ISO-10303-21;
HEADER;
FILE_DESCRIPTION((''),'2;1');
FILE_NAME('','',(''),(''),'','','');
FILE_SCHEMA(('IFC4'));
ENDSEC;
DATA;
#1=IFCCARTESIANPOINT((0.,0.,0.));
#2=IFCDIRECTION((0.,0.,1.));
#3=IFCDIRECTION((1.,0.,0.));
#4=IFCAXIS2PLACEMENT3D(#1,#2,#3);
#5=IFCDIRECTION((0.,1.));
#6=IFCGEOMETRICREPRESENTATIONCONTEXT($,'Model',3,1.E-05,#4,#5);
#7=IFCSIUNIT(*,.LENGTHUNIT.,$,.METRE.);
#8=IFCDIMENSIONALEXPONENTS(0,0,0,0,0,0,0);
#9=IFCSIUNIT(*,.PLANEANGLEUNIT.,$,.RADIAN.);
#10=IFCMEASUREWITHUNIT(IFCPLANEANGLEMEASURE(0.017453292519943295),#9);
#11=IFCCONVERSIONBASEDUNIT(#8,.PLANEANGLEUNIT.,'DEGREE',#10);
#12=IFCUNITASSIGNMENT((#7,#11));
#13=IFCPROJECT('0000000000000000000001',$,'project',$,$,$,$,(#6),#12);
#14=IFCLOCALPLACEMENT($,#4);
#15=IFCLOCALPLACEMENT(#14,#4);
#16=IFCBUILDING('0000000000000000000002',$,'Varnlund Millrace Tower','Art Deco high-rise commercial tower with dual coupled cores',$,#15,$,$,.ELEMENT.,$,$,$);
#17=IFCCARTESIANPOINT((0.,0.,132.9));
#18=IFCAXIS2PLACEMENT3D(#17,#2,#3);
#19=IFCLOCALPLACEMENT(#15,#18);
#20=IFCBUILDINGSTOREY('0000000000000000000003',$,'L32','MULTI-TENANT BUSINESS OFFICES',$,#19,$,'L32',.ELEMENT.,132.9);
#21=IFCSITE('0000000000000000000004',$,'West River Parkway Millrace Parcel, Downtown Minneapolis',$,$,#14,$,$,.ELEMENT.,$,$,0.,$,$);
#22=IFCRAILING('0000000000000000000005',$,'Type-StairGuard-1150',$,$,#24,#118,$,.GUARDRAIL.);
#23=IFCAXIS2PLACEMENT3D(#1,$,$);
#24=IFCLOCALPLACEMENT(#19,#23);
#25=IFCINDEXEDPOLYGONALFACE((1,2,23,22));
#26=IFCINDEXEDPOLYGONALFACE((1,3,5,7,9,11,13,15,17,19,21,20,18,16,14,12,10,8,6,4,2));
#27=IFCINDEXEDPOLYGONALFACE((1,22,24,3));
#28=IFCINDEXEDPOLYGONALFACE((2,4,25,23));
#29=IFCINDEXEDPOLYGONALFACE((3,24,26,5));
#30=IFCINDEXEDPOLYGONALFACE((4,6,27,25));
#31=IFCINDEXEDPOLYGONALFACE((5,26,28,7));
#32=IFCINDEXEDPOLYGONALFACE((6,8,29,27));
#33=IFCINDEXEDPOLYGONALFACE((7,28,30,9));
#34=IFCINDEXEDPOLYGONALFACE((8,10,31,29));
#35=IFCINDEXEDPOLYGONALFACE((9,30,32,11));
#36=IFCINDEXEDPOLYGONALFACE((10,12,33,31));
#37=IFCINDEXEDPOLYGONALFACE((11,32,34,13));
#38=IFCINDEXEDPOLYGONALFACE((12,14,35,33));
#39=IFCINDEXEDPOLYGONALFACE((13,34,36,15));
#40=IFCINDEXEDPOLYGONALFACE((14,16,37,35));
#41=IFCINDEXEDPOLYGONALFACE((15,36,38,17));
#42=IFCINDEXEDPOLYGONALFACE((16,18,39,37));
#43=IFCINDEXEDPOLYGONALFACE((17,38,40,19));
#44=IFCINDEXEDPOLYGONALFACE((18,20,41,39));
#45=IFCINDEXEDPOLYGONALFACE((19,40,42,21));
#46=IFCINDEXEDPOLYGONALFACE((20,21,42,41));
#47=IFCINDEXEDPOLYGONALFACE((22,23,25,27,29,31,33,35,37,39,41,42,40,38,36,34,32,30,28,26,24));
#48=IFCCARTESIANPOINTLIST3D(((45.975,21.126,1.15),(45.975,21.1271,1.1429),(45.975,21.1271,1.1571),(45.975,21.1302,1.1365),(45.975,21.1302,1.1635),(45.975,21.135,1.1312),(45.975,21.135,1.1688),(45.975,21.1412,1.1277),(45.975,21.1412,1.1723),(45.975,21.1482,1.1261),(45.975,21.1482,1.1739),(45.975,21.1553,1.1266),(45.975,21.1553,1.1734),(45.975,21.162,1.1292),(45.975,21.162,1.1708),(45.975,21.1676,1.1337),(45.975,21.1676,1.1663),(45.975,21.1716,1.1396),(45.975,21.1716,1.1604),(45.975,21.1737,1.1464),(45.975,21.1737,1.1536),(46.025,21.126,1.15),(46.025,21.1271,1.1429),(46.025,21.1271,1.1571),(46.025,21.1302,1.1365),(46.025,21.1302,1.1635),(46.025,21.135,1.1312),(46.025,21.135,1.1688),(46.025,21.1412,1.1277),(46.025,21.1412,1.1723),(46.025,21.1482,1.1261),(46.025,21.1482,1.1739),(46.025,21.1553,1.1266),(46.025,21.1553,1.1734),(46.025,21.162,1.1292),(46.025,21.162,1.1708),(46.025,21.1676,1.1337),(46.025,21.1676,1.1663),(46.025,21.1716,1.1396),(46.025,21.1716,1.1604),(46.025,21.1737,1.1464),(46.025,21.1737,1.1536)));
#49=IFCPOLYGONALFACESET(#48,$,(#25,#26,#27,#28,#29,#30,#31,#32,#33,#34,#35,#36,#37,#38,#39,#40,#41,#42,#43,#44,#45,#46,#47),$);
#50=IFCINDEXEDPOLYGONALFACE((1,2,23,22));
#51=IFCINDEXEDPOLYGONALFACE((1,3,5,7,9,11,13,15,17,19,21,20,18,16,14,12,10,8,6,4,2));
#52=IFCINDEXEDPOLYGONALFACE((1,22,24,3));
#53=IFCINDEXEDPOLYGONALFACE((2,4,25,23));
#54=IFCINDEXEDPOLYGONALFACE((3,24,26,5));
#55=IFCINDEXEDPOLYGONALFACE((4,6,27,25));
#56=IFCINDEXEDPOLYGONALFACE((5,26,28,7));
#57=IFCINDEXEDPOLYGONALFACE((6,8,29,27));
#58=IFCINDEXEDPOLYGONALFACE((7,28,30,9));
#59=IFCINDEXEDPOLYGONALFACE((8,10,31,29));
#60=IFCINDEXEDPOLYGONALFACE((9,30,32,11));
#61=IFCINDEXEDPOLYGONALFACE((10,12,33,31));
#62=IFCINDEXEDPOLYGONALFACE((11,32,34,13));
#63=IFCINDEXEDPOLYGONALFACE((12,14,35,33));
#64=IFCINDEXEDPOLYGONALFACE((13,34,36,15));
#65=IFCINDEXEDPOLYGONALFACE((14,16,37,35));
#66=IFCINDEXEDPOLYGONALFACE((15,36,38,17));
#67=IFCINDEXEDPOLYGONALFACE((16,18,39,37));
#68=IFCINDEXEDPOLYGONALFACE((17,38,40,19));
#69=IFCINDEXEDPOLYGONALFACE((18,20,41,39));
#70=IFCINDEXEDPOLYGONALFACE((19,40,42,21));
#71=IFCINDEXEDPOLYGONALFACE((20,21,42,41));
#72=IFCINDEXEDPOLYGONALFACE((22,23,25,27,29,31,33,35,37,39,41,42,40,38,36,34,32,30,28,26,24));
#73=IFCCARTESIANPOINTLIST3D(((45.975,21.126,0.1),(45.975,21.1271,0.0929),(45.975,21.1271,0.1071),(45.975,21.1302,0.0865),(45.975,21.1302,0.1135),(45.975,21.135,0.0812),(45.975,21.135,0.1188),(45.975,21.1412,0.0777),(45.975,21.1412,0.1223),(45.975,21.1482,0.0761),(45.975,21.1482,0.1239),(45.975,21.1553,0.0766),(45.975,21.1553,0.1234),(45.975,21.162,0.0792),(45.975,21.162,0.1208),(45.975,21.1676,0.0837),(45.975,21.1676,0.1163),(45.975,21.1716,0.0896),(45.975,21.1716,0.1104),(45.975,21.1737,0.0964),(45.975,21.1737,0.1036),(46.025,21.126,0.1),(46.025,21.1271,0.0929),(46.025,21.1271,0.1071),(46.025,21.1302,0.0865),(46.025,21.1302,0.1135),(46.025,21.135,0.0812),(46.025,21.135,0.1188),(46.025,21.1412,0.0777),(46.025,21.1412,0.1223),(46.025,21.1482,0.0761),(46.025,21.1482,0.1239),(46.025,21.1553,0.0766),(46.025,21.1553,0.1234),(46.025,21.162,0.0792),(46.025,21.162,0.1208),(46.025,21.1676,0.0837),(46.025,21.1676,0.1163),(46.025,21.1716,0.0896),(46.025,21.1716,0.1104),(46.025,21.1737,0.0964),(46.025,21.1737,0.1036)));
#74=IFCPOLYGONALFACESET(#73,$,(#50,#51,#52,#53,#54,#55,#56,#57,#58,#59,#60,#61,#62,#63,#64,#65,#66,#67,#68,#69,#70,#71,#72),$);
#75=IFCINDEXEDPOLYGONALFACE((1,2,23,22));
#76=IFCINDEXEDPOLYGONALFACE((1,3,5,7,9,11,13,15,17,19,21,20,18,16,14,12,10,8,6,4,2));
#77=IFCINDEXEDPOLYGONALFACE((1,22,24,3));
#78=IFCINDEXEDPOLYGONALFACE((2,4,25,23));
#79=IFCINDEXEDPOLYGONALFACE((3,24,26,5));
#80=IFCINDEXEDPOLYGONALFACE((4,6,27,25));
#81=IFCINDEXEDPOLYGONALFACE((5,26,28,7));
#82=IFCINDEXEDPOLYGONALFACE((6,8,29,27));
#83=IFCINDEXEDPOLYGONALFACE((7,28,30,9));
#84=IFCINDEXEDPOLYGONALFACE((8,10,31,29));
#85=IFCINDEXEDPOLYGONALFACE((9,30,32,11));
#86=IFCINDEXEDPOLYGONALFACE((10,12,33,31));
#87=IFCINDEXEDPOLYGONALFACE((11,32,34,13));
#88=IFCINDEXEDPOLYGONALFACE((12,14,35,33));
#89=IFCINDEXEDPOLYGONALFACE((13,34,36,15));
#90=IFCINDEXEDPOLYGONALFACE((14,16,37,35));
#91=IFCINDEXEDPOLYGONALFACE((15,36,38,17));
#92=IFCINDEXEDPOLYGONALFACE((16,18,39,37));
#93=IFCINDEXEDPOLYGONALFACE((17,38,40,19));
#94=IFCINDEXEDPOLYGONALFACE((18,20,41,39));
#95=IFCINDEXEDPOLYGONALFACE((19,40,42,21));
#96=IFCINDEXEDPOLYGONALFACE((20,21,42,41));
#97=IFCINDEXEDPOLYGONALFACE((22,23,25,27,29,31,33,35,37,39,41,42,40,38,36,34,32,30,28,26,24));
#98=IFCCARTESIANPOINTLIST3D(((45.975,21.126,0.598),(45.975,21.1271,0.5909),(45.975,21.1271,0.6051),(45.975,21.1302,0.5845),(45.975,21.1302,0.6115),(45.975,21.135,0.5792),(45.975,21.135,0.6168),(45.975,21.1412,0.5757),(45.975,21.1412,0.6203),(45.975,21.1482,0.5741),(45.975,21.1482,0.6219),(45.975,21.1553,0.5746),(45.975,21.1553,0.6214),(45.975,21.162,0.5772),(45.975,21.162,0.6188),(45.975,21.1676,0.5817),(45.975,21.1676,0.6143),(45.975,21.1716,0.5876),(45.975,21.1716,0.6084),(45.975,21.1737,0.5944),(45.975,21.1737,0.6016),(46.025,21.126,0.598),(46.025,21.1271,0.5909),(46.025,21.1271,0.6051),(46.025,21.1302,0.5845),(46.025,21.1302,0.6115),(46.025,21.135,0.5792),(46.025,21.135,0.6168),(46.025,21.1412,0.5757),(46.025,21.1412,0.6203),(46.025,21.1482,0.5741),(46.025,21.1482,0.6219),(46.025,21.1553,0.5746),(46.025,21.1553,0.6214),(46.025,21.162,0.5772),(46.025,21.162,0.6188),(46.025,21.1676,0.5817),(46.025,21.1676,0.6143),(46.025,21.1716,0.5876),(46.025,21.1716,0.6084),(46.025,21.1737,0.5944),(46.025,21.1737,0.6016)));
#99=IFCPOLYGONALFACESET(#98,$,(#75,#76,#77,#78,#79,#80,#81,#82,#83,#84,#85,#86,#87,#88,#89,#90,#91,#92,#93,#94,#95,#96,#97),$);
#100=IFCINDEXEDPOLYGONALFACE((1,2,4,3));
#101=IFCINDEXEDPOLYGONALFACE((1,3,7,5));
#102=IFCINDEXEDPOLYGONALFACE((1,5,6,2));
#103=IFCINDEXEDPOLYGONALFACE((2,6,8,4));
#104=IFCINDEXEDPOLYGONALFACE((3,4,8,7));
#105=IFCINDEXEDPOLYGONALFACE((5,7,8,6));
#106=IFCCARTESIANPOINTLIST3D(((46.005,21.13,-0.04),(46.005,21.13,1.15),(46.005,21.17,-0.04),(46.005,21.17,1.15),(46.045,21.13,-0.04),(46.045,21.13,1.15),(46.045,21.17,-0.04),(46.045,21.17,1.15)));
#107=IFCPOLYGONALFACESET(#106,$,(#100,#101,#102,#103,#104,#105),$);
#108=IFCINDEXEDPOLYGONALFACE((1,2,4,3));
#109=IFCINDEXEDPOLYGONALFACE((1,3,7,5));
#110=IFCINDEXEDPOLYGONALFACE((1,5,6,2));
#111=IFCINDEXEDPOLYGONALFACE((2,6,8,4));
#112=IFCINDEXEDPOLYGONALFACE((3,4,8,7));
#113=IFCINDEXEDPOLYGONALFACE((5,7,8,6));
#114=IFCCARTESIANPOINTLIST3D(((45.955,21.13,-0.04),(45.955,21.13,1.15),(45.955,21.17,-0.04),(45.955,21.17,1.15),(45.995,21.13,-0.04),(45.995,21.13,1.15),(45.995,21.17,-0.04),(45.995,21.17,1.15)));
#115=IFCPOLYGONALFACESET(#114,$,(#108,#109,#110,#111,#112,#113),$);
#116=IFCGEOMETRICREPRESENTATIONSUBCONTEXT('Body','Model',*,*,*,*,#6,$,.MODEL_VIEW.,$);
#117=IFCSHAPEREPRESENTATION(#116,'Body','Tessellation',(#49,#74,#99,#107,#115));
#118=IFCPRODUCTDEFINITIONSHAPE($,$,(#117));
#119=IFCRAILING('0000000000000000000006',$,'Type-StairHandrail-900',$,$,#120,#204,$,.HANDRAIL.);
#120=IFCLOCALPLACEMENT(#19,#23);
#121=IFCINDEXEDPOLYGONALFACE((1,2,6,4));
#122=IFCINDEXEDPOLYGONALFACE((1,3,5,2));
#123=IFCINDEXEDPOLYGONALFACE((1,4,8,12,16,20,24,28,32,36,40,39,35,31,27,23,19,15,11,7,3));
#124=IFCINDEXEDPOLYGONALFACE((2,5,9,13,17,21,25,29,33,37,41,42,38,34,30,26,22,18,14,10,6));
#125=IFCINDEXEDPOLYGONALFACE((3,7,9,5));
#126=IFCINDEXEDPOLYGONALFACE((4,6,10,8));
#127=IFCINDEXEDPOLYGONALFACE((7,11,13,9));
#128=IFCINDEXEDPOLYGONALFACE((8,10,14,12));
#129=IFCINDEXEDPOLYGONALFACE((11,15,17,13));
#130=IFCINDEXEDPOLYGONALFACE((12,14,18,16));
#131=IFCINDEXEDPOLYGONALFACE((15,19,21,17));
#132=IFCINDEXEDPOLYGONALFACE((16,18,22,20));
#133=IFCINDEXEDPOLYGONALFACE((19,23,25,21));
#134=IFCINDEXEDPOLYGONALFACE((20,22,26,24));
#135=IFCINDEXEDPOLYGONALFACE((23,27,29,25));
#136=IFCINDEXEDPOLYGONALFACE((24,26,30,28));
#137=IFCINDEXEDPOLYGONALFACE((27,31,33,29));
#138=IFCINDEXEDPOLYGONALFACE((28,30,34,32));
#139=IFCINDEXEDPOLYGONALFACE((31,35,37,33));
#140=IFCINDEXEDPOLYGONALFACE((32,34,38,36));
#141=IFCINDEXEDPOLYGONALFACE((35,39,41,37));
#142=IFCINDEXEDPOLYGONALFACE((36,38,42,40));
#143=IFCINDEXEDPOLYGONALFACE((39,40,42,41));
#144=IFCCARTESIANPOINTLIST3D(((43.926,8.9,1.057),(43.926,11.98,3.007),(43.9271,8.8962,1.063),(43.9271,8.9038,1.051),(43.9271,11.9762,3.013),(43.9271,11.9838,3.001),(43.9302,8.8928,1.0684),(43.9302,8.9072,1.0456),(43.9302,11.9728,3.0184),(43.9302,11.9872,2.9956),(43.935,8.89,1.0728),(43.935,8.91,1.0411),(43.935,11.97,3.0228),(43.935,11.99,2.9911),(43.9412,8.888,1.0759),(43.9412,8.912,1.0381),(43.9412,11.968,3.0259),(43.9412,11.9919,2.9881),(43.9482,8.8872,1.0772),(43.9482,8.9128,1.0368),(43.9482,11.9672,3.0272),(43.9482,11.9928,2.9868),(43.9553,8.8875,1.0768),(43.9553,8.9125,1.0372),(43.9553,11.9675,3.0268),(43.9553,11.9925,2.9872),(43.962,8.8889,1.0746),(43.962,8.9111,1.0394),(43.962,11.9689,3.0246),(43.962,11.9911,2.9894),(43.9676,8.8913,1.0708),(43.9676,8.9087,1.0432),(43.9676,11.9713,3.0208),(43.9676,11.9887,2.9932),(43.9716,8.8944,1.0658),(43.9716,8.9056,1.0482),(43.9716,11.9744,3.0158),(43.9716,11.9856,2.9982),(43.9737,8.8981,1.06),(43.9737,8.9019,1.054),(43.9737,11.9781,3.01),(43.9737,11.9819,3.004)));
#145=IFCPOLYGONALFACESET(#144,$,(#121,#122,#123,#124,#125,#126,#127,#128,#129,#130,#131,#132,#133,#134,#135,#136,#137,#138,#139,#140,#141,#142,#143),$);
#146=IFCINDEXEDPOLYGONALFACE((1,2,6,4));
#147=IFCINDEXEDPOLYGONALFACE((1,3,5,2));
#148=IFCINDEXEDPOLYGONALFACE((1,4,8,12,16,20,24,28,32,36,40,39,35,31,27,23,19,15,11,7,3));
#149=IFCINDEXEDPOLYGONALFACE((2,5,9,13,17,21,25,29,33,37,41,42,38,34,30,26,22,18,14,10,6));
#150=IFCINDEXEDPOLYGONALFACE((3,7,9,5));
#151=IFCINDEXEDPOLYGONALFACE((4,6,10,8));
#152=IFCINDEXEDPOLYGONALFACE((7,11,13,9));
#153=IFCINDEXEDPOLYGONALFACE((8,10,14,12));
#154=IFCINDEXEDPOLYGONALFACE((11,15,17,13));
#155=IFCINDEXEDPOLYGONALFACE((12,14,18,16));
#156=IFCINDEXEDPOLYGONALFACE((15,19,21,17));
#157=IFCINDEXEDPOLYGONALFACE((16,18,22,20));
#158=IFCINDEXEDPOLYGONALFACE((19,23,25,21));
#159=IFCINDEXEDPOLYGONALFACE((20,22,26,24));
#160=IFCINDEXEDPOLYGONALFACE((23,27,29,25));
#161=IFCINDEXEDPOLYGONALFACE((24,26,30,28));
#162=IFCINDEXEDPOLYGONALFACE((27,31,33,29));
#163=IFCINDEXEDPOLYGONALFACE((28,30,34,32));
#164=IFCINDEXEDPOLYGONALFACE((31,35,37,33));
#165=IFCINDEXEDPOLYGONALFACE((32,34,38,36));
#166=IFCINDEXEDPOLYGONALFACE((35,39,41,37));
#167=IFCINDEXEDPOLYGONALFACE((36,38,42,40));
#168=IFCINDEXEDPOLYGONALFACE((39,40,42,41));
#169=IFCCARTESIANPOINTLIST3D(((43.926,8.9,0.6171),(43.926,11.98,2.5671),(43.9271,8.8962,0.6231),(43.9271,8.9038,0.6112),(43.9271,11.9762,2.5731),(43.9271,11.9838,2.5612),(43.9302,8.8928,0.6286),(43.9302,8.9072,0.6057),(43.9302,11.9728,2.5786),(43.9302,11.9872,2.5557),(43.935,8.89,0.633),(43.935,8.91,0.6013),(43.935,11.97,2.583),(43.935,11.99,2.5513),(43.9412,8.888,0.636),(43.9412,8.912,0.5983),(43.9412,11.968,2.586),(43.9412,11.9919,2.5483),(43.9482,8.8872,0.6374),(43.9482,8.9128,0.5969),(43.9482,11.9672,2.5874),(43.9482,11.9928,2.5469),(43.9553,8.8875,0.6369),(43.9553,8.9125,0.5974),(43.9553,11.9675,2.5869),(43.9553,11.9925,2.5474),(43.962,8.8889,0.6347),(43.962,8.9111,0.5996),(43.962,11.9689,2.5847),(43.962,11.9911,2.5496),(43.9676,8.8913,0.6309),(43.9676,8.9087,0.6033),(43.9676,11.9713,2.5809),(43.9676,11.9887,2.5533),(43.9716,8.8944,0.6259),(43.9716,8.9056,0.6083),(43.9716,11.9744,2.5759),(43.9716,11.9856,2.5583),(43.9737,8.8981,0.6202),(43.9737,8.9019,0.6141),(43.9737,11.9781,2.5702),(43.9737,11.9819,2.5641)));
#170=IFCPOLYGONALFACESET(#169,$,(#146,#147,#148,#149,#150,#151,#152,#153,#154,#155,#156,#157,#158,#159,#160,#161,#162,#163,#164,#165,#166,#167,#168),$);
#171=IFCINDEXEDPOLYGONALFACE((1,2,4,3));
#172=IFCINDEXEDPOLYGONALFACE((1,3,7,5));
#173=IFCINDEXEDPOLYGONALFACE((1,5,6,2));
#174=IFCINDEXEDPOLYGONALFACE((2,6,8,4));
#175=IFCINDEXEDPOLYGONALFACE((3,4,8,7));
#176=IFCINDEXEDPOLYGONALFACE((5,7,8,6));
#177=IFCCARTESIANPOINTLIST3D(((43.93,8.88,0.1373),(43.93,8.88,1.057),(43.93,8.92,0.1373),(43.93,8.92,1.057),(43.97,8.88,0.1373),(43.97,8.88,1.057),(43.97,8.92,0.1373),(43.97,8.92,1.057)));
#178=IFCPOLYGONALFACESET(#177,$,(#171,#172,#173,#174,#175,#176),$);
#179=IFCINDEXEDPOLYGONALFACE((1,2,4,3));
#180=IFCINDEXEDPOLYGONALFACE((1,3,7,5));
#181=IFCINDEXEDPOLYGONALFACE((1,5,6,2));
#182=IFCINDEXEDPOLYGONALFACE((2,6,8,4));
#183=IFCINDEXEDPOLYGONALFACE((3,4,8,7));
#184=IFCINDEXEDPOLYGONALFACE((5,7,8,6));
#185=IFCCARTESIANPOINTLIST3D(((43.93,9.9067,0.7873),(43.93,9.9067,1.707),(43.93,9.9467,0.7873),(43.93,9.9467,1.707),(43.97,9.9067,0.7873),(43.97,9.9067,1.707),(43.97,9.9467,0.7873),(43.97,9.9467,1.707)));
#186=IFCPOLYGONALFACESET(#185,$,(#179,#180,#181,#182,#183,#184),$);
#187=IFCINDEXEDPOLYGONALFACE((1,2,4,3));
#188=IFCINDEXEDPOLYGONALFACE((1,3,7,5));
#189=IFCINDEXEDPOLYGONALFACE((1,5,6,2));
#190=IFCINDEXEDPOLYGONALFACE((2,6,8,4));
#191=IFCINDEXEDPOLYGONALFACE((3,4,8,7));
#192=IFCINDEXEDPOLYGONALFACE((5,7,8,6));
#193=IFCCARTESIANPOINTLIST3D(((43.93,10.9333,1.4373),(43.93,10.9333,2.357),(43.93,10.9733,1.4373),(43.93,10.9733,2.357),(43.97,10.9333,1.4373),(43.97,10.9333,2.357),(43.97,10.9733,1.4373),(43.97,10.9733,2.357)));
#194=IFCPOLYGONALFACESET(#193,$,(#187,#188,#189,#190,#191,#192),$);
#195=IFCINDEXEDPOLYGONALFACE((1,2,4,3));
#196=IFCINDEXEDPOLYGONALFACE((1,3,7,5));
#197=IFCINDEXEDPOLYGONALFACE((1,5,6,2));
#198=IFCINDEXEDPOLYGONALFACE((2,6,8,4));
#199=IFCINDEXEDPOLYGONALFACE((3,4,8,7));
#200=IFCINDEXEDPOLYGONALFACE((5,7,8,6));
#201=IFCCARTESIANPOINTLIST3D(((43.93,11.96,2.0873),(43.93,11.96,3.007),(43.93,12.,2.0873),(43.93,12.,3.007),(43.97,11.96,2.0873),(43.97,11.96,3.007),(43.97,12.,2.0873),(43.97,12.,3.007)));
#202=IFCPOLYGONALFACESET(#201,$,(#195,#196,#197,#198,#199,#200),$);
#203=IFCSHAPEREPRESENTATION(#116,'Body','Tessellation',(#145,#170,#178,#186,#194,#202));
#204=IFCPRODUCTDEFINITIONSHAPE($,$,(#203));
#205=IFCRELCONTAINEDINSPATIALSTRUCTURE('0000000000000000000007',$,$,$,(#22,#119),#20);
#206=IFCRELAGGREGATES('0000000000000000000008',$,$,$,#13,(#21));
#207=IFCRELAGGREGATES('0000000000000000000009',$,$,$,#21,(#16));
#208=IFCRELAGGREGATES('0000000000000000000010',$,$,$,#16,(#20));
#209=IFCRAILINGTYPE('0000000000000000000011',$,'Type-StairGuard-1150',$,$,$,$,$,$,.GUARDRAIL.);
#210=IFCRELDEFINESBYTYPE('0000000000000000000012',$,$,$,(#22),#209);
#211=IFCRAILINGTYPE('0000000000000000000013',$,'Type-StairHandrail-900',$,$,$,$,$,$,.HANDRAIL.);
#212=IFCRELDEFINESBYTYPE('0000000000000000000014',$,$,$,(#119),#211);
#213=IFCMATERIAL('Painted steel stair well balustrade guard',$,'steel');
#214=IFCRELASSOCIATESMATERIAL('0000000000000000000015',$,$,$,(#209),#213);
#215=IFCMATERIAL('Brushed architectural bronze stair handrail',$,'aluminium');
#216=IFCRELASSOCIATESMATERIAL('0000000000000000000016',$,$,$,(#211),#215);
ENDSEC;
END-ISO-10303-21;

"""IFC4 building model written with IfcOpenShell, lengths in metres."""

from ifc_helpers import new_model, entity, si_unit, converted_unit, direction, frame, origin_with_axes, origin_2d_with_axis, place, context, subcontext, project, spatial, rectangle, circle, extrude, material, type_object, element, save


model = new_model("IFC4")

# Units and contexts
model_context = context("Model", 3, precision=1e-05, world=origin_with_axes(), true_north=direction((0.0, 1.0)))
body_context = subcontext(model_context, "Body", "Model", "MODEL_VIEW")
ifc_project = project(units=[si_unit("LENGTHUNIT", "METRE"), converted_unit("PLANEANGLEUNIT", "DEGREE", entity("IfcPlaneAngleMeasure", 0.017453292519943295), si_unit("PLANEANGLEUNIT", "RADIAN"), dimensions=[0, 0, 0, 0, 0, 0, 0])], contexts=[model_context])

# Site, building, storey
site_placement = place(None, origin_with_axes())
site = spatial("IfcSite", under=ifc_project, at=site_placement, Name="West River Parkway Millrace Parcel, Downtown Minneapolis", CompositionType="ELEMENT", RefElevation=0.0)
building_placement = place(site_placement, origin_with_axes())
building = spatial("IfcBuilding", under=site, at=building_placement, Name="Varnlund Millrace Tower", Description="Art Deco high-rise commercial tower with dual coupled cores", CompositionType="ELEMENT")
storey_placement = place(building_placement, frame((0.0, 0.0, 132.9), z_axis=(0.0, 0.0, 1.0), x_axis=(1.0, 0.0, 0.0)))
storey = spatial("IfcBuildingStorey", under=building, at=storey_placement, Name="L32", Description="MULTI-TENANT BUSINESS OFFICES", LongName="L32", CompositionType="ELEMENT", Elevation=132.9)

# Railings
ifc_material_1 = material(Name="Painted steel stair well balustrade guard", Category="steel")
railing_type_1 = type_object("IfcRailingType", Name="Type-StairGuard-1150", PredefinedType="GUARDRAIL", material=ifc_material_1)
railing_1_placement = place(storey_placement, frame((0.0, 0.0, -132.9), z_axis=(0.0, 0.0, 1.0), x_axis=(1.0, 0.0, 0.0)))
element("IfcRailing", 1, at=railing_1_placement, inside=storey, type_object=railing_type_1, Name="Type-StairGuard-1150", PredefinedType="GUARDRAIL", context=body_context, shape_type="SweptSolid", body=[
    extrude(circle(Radius=0.024, at=origin_2d_with_axis()), frame((46.025, 21.15, 134.05), z_axis=(-1.0, 0.0, 0.0), x_axis=(0.0, -1.0, 0.0)), (0.0, 0.0, 1.0), 0.05),
    extrude(circle(Radius=0.024, at=origin_2d_with_axis()), frame((46.025, 21.15, 133.0), z_axis=(-1.0, 0.0, 0.0), x_axis=(0.0, -1.0, 0.0)), (0.0, 0.0, 1.0), 0.05),
    extrude(circle(Radius=0.024, at=origin_2d_with_axis()), frame((46.025, 21.15, 133.498), z_axis=(-1.0, 0.0, 0.0), x_axis=(0.0, -1.0, 0.0)), (0.0, 0.0, 1.0), 0.05),
    extrude(rectangle(XDim=0.04, YDim=0.04, at=origin_2d_with_axis()), frame((46.025, 21.15, 132.86), z_axis=(0.0, 0.0, 1.0), x_axis=(1.0, 0.0, 0.0)), (0.0, 0.0, 1.0), 1.19),
    extrude(rectangle(XDim=0.04, YDim=0.04, at=origin_2d_with_axis()), frame((45.975, 21.15, 132.86), z_axis=(0.0, 0.0, 1.0), x_axis=(1.0, 0.0, 0.0)), (0.0, 0.0, 1.0), 1.19),
])
ifc_material_2 = material(Name="Brushed architectural bronze stair handrail", Category="aluminium")
railing_type_2 = type_object("IfcRailingType", Name="Type-StairHandrail-900", PredefinedType="HANDRAIL", material=ifc_material_2)
railing_2_placement = place(storey_placement, frame((0.0, 0.0, -132.9), z_axis=(0.0, 0.0, 1.0), x_axis=(1.0, 0.0, 0.0)))
element("IfcRailing", 2, at=railing_2_placement, inside=storey, type_object=railing_type_2, Name="Type-StairHandrail-900", PredefinedType="HANDRAIL", context=body_context, shape_type="SweptSolid", body=[
    extrude(circle(Radius=0.024, at=origin_2d_with_axis()), frame((43.95, 8.9, 133.957), z_axis=(0.0, 0.844902, 0.534922), x_axis=(-1.0, 0.0, 0.0)), (0.0, 0.0, 1.0), 3.6454),
    extrude(circle(Radius=0.024, at=origin_2d_with_axis()), frame((43.95, 8.9, 133.5171), z_axis=(0.0, 0.844902, 0.534922), x_axis=(-1.0, 0.0, 0.0)), (0.0, 0.0, 1.0), 3.6454),
    extrude(rectangle(XDim=0.04, YDim=0.04, at=origin_2d_with_axis()), frame((43.95, 8.9, 133.0373), z_axis=(0.0, 0.0, 1.0), x_axis=(1.0, 0.0, 0.0)), (0.0, 0.0, 1.0), 0.9197),
    extrude(rectangle(XDim=0.04, YDim=0.04, at=origin_2d_with_axis()), frame((43.95, 9.9267, 133.6873), z_axis=(0.0, 0.0, 1.0), x_axis=(1.0, 0.0, 0.0)), (0.0, 0.0, 1.0), 0.9197),
    extrude(rectangle(XDim=0.04, YDim=0.04, at=origin_2d_with_axis()), frame((43.95, 10.9533, 134.3373), z_axis=(0.0, 0.0, 1.0), x_axis=(1.0, 0.0, 0.0)), (0.0, 0.0, 1.0), 0.9197),
    extrude(rectangle(XDim=0.04, YDim=0.04, at=origin_2d_with_axis()), frame((43.95, 11.98, 134.9873), z_axis=(0.0, 0.0, 1.0), x_axis=(1.0, 0.0, 0.0)), (0.0, 0.0, 1.0), 0.9197),
])

save(model, "model.ifc")
